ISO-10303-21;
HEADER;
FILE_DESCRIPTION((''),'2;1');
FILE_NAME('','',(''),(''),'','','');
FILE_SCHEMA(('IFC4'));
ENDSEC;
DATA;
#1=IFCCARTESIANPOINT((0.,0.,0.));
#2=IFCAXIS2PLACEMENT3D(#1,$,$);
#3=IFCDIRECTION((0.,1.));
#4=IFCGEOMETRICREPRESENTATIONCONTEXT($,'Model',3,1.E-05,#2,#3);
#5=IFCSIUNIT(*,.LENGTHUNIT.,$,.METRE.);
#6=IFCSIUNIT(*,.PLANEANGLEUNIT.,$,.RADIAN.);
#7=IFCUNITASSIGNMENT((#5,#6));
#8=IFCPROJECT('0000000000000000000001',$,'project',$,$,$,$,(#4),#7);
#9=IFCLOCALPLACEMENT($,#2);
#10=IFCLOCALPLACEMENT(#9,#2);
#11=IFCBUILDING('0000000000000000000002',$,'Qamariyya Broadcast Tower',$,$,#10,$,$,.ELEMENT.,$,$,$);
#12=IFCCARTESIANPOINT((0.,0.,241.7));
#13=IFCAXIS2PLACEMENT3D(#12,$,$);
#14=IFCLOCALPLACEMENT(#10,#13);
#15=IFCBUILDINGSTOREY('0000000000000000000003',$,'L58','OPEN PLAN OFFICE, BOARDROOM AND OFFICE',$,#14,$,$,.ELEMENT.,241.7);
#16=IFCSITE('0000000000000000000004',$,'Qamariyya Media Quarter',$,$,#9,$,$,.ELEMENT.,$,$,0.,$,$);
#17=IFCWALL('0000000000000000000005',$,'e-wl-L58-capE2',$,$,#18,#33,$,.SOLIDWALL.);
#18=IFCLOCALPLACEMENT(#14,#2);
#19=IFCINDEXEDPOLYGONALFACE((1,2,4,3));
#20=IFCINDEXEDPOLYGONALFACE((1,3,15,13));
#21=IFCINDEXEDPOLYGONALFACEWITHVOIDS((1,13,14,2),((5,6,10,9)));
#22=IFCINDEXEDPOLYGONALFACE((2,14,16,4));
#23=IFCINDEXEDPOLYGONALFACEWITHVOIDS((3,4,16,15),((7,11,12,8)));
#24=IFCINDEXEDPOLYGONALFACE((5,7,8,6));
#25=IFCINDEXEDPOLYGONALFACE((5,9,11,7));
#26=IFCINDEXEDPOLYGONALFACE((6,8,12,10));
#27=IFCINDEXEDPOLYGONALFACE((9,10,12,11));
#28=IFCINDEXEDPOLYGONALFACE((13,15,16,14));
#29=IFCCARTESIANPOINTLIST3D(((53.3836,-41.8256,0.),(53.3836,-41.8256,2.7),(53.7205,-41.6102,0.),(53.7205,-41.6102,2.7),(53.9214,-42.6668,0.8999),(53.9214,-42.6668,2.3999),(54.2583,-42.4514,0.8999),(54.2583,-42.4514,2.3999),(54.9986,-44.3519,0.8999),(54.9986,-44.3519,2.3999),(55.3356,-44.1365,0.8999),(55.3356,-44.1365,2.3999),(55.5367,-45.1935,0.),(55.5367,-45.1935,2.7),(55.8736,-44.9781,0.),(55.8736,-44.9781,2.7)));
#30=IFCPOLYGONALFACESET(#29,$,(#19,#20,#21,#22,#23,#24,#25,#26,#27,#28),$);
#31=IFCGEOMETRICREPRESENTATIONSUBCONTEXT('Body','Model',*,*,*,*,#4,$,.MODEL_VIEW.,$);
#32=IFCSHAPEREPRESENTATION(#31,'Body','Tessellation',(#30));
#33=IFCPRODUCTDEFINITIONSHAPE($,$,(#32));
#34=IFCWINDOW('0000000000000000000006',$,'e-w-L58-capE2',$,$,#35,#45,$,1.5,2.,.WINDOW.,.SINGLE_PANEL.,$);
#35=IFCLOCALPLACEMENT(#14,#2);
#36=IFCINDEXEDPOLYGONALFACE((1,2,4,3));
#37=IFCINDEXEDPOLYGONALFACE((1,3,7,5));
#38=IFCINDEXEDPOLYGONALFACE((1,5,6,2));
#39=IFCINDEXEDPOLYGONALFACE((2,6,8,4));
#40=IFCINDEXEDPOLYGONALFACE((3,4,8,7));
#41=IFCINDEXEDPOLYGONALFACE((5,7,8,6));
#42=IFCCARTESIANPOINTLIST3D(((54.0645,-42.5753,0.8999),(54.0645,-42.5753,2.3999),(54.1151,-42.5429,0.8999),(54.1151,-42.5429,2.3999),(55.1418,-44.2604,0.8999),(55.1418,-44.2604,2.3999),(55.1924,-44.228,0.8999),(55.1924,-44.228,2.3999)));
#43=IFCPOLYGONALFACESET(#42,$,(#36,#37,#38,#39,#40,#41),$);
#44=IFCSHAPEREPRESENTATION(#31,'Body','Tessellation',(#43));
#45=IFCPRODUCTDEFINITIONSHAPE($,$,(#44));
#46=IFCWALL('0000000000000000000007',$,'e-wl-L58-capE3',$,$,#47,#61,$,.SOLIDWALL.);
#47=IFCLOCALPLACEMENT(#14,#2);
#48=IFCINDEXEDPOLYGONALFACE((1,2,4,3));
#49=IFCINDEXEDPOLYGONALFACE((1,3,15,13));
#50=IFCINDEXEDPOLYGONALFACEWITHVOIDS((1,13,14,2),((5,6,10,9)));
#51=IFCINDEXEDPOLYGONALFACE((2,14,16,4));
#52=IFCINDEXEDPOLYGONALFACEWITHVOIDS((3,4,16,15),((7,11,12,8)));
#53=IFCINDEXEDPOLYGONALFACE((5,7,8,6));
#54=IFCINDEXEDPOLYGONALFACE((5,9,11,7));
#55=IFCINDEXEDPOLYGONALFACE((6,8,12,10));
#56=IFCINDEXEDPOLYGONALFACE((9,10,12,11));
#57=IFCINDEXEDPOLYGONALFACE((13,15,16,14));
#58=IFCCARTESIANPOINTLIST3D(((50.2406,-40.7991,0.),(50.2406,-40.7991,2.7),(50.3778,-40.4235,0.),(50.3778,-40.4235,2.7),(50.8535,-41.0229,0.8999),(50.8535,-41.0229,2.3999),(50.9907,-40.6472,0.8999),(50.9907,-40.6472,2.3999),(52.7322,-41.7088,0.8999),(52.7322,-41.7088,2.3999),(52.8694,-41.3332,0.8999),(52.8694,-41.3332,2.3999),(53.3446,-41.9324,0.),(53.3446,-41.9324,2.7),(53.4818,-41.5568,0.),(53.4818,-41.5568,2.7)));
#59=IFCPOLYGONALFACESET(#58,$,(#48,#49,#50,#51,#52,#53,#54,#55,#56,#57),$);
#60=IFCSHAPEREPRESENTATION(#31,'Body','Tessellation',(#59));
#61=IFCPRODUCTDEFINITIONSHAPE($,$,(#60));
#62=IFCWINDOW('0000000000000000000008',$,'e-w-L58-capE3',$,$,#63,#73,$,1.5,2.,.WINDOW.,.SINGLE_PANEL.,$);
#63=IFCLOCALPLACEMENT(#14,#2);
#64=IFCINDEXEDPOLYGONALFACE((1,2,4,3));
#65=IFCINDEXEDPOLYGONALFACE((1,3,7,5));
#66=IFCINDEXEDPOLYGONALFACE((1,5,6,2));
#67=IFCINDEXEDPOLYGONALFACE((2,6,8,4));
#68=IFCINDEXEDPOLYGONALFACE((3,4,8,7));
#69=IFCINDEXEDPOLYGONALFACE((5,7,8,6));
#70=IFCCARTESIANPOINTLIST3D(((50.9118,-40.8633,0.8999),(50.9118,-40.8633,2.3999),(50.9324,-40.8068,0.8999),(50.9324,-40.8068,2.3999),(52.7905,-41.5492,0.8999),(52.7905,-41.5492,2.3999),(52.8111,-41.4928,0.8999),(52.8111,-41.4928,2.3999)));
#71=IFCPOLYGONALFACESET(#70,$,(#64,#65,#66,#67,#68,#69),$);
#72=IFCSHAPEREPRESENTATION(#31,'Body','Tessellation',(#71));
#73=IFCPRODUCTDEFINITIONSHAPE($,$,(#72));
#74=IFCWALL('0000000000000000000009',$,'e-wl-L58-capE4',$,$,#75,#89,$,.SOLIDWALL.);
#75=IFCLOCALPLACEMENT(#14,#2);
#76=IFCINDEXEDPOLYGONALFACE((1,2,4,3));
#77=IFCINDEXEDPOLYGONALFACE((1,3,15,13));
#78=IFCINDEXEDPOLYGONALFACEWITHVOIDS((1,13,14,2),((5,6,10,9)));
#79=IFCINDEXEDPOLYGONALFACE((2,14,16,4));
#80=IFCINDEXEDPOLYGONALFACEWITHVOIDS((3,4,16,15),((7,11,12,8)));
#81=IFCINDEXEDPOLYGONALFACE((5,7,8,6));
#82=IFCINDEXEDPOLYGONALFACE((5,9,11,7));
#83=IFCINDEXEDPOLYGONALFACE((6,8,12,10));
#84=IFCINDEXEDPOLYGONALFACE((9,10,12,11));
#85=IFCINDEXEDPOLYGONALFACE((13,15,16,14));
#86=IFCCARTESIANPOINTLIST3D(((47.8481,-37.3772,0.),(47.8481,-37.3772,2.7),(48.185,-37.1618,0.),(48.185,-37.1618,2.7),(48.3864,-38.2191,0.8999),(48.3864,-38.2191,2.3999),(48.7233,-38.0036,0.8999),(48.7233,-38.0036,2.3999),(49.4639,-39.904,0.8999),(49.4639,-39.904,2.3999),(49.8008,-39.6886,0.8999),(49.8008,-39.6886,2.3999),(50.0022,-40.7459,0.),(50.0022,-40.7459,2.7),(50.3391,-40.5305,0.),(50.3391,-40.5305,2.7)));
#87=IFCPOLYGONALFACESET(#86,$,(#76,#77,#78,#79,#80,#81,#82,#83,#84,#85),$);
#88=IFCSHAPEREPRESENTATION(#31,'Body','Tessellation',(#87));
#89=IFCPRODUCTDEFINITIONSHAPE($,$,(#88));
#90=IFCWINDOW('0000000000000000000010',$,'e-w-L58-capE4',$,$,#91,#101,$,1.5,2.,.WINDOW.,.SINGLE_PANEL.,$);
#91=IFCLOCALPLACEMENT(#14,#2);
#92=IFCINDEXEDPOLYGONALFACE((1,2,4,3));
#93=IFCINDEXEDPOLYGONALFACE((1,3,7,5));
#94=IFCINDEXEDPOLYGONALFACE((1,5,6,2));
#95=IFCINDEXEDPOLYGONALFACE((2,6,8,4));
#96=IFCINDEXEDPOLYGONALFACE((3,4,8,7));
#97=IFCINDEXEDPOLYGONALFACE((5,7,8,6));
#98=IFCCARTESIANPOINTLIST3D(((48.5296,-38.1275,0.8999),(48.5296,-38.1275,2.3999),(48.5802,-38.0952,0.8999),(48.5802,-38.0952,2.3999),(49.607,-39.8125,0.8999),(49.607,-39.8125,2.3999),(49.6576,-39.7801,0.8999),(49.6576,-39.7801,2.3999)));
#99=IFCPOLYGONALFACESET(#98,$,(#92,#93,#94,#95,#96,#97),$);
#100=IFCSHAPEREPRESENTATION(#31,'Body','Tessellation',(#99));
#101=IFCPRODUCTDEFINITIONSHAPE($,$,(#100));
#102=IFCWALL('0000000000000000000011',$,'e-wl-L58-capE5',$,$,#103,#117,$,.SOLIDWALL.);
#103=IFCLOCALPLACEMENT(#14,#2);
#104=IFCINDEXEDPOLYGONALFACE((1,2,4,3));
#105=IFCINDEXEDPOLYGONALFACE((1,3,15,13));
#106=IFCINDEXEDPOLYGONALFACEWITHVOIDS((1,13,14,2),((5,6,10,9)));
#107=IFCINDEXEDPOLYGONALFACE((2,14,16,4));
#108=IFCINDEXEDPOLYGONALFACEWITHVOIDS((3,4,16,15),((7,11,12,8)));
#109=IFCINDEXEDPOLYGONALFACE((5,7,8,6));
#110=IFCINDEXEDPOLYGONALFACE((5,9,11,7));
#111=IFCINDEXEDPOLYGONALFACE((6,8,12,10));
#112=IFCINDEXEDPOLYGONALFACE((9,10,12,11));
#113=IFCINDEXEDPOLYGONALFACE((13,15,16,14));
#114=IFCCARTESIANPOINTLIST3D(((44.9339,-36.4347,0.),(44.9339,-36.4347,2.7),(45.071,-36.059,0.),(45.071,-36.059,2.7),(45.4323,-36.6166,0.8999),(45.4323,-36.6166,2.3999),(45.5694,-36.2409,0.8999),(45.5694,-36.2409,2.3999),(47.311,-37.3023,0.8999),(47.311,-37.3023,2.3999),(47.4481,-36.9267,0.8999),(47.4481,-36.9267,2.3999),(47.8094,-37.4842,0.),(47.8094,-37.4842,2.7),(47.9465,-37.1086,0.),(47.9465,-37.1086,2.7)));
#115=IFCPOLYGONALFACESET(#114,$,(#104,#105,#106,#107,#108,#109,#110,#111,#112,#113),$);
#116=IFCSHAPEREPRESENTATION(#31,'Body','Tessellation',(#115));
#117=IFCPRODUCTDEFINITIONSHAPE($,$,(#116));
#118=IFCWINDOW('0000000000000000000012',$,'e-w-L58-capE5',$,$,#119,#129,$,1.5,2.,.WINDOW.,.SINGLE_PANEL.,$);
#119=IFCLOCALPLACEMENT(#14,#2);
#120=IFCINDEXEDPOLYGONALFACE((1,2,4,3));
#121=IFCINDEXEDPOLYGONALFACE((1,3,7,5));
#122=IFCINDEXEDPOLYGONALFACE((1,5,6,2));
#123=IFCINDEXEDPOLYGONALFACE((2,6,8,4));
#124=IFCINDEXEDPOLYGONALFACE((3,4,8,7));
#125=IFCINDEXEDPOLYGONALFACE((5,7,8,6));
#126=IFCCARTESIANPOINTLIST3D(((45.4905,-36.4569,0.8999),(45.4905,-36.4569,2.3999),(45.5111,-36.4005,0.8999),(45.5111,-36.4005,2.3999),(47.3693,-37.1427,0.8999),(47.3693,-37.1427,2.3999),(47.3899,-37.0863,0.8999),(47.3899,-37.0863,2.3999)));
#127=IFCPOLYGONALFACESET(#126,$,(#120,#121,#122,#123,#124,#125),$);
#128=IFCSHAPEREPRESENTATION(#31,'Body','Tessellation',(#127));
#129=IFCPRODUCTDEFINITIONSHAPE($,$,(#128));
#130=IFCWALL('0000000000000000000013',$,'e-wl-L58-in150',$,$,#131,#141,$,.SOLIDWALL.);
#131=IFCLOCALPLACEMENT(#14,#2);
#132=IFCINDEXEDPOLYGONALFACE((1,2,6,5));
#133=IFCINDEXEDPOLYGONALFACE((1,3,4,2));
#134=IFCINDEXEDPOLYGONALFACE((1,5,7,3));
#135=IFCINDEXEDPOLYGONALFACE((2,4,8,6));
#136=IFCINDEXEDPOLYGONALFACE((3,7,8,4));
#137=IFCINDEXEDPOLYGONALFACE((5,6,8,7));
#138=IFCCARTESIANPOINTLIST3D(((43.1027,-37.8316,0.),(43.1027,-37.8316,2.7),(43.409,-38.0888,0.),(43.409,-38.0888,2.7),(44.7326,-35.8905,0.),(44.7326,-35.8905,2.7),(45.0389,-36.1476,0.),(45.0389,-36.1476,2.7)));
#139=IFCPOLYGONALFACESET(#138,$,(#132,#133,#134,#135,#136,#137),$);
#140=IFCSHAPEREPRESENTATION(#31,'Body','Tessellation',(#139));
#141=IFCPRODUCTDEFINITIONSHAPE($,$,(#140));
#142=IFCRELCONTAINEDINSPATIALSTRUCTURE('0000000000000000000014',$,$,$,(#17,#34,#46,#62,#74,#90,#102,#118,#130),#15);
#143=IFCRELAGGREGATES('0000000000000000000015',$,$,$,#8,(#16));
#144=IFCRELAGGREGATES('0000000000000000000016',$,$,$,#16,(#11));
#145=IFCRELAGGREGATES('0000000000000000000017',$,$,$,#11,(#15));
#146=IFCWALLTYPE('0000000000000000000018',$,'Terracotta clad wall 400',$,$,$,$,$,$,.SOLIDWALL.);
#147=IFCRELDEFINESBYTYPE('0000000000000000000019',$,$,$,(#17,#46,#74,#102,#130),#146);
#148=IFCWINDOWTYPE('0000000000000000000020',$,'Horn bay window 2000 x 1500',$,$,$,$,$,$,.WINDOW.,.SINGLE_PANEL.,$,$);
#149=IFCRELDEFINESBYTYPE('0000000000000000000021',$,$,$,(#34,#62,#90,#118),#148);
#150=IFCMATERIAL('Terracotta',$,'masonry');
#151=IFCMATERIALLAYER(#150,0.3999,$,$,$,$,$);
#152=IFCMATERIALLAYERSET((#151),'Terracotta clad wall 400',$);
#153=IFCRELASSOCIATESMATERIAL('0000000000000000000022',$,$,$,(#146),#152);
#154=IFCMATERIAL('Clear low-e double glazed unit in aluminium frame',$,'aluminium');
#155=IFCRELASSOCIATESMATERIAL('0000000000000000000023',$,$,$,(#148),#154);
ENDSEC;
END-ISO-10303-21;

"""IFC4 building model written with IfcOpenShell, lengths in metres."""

from ifc_helpers import new_model, si_unit, direction, frame, frame_2d, origin, place, context, subcontext, project, spatial, rectangle, extrude, material, layer, layer_set, type_object, element, fill, save


model = new_model("IFC4")

# Units and contexts
model_context = context("Model", 3, precision=1e-05, world=origin(), true_north=direction((0.0, 1.0)))
body_context = subcontext(model_context, "Body", "Model", "MODEL_VIEW")
ifc_project = project(units=[si_unit("LENGTHUNIT", "METRE"), si_unit("PLANEANGLEUNIT", "RADIAN")], contexts=[model_context])

# Site, building, storey
site_placement = place(None, origin())
site = spatial("IfcSite", under=ifc_project, at=site_placement, Name="Qamariyya Media Quarter", CompositionType="ELEMENT", RefElevation=0.0)
building_placement = place(site_placement, origin())
building = spatial("IfcBuilding", under=site, at=building_placement, Name="Qamariyya Broadcast Tower", CompositionType="ELEMENT")
storey_placement = place(building_placement, frame((0.0, 0.0, 241.7)))
storey = spatial("IfcBuildingStorey", under=building, at=storey_placement, Name="L58", Description="OPEN PLAN OFFICE, BOARDROOM AND OFFICE", CompositionType="ELEMENT", Elevation=241.7)

# Walls, openings, windows
ifc_material_1 = material(Name="Terracotta", Category="masonry")
ifc_layer_1 = layer(ifc_material_1, 0.3999)
ifc_layer_set_1 = layer_set([ifc_layer_1], Name="Terracotta clad wall 400")
wall_type_1 = type_object("IfcWallType", Name="Terracotta clad wall 400", PredefinedType="SOLIDWALL", material=ifc_layer_set_1)
ifc_material_2 = material(Name="Clear low-e double glazed unit in aluminium frame", Category="aluminium")
window_type = type_object("IfcWindowType", Name="Horn bay window 2000 x 1500", PartitioningType="SINGLE_PANEL", PredefinedType="WINDOW", material=ifc_material_2)
wall_1_placement = place(storey_placement, frame((55.7051, -45.0857, 0.0), z_axis=(0.0, 0.0, 1.0), x_axis=(-0.538629, 0.842543, 0.0)))
wall_1 = element("IfcWall", 1, at=wall_1_placement, inside=storey, type_object=wall_type_1, Name="e-wl-L58-capE2", PredefinedType="SOLIDWALL", context=body_context, shape_type="SweptSolid", body=[
    extrude(rectangle(XDim=3.9973, YDim=0.3999, at=frame_2d((1.9985, 0.0))), origin(), (0.0, 0.0, 1.0), 2.7),
])
opening_1_placement = place(wall_1_placement, frame((0.9988, 0.0, 0.8999)))
opening_1 = element("IfcOpeningElement", 2, at=opening_1_placement, cuts=wall_1, PredefinedType="OPENING", context=body_context, shape_type="SweptSolid", body=[
    extrude(rectangle(XDim=2.0, YDim=1.5, at=frame_2d((1.0, 0.75))), frame((0.0, 0.21, 0.0), z_axis=(0.0, -1.0, 0.0), x_axis=(1.0, 0.0, 0.0)), (0.0, 0.0, 1.0), 0.4199),
])
window_1_placement = place(opening_1_placement, origin())
window_1 = element("IfcWindow", 3, at=window_1_placement, inside=storey, type_object=window_type, Name="e-w-L58-capE2", OverallHeight=1.5, OverallWidth=2.0, PartitioningType="SINGLE_PANEL", PredefinedType="WINDOW", context=body_context, shape_type="SweptSolid", body=[
    extrude(rectangle(XDim=2.0, YDim=1.5, at=frame_2d((1.0, 0.75))), frame((0.0, 0.03, 0.0), z_axis=(0.0, -1.0, 0.0), x_axis=(1.0, 0.0, 0.0)), (0.0, 0.0, 1.0), 0.0601),
])
fill(opening_1, window_1)
wall_2_placement = place(storey_placement, frame((53.4133, -41.7446, 0.0), z_axis=(0.0, 0.0, 1.0), x_axis=(-0.939348, 0.342965, 0.0)))
wall_2 = element("IfcWall", 4, at=wall_2_placement, inside=storey, type_object=wall_type_1, Name="e-wl-L58-capE3", PredefinedType="SOLIDWALL", context=body_context, shape_type="SweptSolid", body=[
    extrude(rectangle(XDim=3.3044, YDim=0.3999, at=frame_2d((1.6523, 0.0))), origin(), (0.0, 0.0, 1.0), 2.7),
])
opening_2_placement = place(wall_2_placement, frame((0.6521, 0.0, 0.8999)))
opening_2 = element("IfcOpeningElement", 5, at=opening_2_placement, cuts=wall_2, PredefinedType="OPENING", context=body_context, shape_type="SweptSolid", body=[
    extrude(rectangle(XDim=2.0, YDim=1.5, at=frame_2d((1.0, 0.75))), frame((0.0, 0.21, 0.0), z_axis=(0.0, -1.0, 0.0), x_axis=(1.0, 0.0, 0.0)), (0.0, 0.0, 1.0), 0.4199),
])
window_2_placement = place(opening_2_placement, origin())
window_2 = element("IfcWindow", 6, at=window_2_placement, inside=storey, type_object=window_type, Name="e-w-L58-capE3", OverallHeight=1.5, OverallWidth=2.0, PartitioningType="SINGLE_PANEL", PredefinedType="WINDOW", context=body_context, shape_type="SweptSolid", body=[
    extrude(rectangle(XDim=2.0, YDim=1.5, at=frame_2d((1.0, 0.75))), frame((0.0, 0.03, 0.0), z_axis=(0.0, -1.0, 0.0), x_axis=(1.0, 0.0, 0.0)), (0.0, 0.0, 1.0), 0.0601),
])
fill(opening_2, window_2)
wall_3_placement = place(storey_placement, frame((50.1707, -40.6382, 0.0), z_axis=(0.0, 0.0, 1.0), x_axis=(-0.538719, 0.842485, 0.0)))
wall_3 = element("IfcWall", 7, at=wall_3_placement, inside=storey, type_object=wall_type_1, Name="e-wl-L58-capE4", PredefinedType="SOLIDWALL", context=body_context, shape_type="SweptSolid", body=[
    extrude(rectangle(XDim=3.9985, YDim=0.3999, at=frame_2d((1.9993, 0.0))), origin(), (0.0, 0.0, 1.0), 2.7),
])
opening_3_placement = place(wall_3_placement, frame((0.9993, 0.0, 0.8999)))
opening_3 = element("IfcOpeningElement", 8, at=opening_3_placement, cuts=wall_3, PredefinedType="OPENING", context=body_context, shape_type="SweptSolid", body=[
    extrude(rectangle(XDim=2.0, YDim=1.5, at=frame_2d((1.0, 0.75))), frame((0.0, 0.21, 0.0), z_axis=(0.0, -1.0, 0.0), x_axis=(1.0, 0.0, 0.0)), (0.0, 0.0, 1.0), 0.4199),
])
window_3_placement = place(opening_3_placement, origin())
window_3 = element("IfcWindow", 9, at=window_3_placement, inside=storey, type_object=window_type, Name="e-w-L58-capE4", OverallHeight=1.5, OverallWidth=2.0, PartitioningType="SINGLE_PANEL", PredefinedType="WINDOW", context=body_context, shape_type="SweptSolid", body=[
    extrude(rectangle(XDim=2.0, YDim=1.5, at=frame_2d((1.0, 0.75))), frame((0.0, 0.03, 0.0), z_axis=(0.0, -1.0, 0.0), x_axis=(1.0, 0.0, 0.0)), (0.0, 0.0, 1.0), 0.0601),
])
fill(opening_3, window_3)
wall_4_placement = place(storey_placement, frame((47.8779, -37.2964, 0.0), z_axis=(0.0, 0.0, 1.0), x_axis=(-0.939381, 0.342876, 0.0)))
wall_4 = element("IfcWall", 10, at=wall_4_placement, inside=storey, type_object=wall_type_1, Name="e-wl-L58-capE5", PredefinedType="SOLIDWALL", context=body_context, shape_type="SweptSolid", body=[
    extrude(rectangle(XDim=3.061, YDim=0.3999, at=frame_2d((1.5305, 0.0))), origin(), (0.0, 0.0, 1.0), 2.7),
])
opening_4_placement = place(wall_4_placement, frame((0.5305, 0.0, 0.8999)))
opening_4 = element("IfcOpeningElement", 11, at=opening_4_placement, cuts=wall_4, PredefinedType="OPENING", context=body_context, shape_type="SweptSolid", body=[
    extrude(rectangle(XDim=2.0, YDim=1.5, at=frame_2d((1.0, 0.75))), frame((0.0, 0.21, 0.0), z_axis=(0.0, -1.0, 0.0), x_axis=(1.0, 0.0, 0.0)), (0.0, 0.0, 1.0), 0.4199),
])
window_4_placement = place(opening_4_placement, origin())
window_4 = element("IfcWindow", 12, at=window_4_placement, inside=storey, type_object=window_type, Name="e-w-L58-capE5", OverallHeight=1.5, OverallWidth=2.0, PartitioningType="SINGLE_PANEL", PredefinedType="WINDOW", context=body_context, shape_type="SweptSolid", body=[
    extrude(rectangle(XDim=2.0, YDim=1.5, at=frame_2d((1.0, 0.75))), frame((0.0, 0.03, 0.0), z_axis=(0.0, -1.0, 0.0), x_axis=(1.0, 0.0, 0.0)), (0.0, 0.0, 1.0), 0.0601),
])
fill(opening_4, window_4)

# Wall
wall_5_placement = place(storey_placement, frame((44.8857, -36.019, 0.0), z_axis=(0.0, 0.0, 1.0), x_axis=(-0.643032, -0.76584, 0.0)))
element("IfcWall", 13, at=wall_5_placement, inside=storey, type_object=wall_type_1, Name="e-wl-L58-in150", PredefinedType="SOLIDWALL", context=body_context, shape_type="SweptSolid", body=[
    extrude(rectangle(XDim=2.5347, YDim=0.3999, at=frame_2d((1.2673, 0.0))), origin(), (0.0, 0.0, 1.0), 2.7),
])

save(model, "model.ifc")
